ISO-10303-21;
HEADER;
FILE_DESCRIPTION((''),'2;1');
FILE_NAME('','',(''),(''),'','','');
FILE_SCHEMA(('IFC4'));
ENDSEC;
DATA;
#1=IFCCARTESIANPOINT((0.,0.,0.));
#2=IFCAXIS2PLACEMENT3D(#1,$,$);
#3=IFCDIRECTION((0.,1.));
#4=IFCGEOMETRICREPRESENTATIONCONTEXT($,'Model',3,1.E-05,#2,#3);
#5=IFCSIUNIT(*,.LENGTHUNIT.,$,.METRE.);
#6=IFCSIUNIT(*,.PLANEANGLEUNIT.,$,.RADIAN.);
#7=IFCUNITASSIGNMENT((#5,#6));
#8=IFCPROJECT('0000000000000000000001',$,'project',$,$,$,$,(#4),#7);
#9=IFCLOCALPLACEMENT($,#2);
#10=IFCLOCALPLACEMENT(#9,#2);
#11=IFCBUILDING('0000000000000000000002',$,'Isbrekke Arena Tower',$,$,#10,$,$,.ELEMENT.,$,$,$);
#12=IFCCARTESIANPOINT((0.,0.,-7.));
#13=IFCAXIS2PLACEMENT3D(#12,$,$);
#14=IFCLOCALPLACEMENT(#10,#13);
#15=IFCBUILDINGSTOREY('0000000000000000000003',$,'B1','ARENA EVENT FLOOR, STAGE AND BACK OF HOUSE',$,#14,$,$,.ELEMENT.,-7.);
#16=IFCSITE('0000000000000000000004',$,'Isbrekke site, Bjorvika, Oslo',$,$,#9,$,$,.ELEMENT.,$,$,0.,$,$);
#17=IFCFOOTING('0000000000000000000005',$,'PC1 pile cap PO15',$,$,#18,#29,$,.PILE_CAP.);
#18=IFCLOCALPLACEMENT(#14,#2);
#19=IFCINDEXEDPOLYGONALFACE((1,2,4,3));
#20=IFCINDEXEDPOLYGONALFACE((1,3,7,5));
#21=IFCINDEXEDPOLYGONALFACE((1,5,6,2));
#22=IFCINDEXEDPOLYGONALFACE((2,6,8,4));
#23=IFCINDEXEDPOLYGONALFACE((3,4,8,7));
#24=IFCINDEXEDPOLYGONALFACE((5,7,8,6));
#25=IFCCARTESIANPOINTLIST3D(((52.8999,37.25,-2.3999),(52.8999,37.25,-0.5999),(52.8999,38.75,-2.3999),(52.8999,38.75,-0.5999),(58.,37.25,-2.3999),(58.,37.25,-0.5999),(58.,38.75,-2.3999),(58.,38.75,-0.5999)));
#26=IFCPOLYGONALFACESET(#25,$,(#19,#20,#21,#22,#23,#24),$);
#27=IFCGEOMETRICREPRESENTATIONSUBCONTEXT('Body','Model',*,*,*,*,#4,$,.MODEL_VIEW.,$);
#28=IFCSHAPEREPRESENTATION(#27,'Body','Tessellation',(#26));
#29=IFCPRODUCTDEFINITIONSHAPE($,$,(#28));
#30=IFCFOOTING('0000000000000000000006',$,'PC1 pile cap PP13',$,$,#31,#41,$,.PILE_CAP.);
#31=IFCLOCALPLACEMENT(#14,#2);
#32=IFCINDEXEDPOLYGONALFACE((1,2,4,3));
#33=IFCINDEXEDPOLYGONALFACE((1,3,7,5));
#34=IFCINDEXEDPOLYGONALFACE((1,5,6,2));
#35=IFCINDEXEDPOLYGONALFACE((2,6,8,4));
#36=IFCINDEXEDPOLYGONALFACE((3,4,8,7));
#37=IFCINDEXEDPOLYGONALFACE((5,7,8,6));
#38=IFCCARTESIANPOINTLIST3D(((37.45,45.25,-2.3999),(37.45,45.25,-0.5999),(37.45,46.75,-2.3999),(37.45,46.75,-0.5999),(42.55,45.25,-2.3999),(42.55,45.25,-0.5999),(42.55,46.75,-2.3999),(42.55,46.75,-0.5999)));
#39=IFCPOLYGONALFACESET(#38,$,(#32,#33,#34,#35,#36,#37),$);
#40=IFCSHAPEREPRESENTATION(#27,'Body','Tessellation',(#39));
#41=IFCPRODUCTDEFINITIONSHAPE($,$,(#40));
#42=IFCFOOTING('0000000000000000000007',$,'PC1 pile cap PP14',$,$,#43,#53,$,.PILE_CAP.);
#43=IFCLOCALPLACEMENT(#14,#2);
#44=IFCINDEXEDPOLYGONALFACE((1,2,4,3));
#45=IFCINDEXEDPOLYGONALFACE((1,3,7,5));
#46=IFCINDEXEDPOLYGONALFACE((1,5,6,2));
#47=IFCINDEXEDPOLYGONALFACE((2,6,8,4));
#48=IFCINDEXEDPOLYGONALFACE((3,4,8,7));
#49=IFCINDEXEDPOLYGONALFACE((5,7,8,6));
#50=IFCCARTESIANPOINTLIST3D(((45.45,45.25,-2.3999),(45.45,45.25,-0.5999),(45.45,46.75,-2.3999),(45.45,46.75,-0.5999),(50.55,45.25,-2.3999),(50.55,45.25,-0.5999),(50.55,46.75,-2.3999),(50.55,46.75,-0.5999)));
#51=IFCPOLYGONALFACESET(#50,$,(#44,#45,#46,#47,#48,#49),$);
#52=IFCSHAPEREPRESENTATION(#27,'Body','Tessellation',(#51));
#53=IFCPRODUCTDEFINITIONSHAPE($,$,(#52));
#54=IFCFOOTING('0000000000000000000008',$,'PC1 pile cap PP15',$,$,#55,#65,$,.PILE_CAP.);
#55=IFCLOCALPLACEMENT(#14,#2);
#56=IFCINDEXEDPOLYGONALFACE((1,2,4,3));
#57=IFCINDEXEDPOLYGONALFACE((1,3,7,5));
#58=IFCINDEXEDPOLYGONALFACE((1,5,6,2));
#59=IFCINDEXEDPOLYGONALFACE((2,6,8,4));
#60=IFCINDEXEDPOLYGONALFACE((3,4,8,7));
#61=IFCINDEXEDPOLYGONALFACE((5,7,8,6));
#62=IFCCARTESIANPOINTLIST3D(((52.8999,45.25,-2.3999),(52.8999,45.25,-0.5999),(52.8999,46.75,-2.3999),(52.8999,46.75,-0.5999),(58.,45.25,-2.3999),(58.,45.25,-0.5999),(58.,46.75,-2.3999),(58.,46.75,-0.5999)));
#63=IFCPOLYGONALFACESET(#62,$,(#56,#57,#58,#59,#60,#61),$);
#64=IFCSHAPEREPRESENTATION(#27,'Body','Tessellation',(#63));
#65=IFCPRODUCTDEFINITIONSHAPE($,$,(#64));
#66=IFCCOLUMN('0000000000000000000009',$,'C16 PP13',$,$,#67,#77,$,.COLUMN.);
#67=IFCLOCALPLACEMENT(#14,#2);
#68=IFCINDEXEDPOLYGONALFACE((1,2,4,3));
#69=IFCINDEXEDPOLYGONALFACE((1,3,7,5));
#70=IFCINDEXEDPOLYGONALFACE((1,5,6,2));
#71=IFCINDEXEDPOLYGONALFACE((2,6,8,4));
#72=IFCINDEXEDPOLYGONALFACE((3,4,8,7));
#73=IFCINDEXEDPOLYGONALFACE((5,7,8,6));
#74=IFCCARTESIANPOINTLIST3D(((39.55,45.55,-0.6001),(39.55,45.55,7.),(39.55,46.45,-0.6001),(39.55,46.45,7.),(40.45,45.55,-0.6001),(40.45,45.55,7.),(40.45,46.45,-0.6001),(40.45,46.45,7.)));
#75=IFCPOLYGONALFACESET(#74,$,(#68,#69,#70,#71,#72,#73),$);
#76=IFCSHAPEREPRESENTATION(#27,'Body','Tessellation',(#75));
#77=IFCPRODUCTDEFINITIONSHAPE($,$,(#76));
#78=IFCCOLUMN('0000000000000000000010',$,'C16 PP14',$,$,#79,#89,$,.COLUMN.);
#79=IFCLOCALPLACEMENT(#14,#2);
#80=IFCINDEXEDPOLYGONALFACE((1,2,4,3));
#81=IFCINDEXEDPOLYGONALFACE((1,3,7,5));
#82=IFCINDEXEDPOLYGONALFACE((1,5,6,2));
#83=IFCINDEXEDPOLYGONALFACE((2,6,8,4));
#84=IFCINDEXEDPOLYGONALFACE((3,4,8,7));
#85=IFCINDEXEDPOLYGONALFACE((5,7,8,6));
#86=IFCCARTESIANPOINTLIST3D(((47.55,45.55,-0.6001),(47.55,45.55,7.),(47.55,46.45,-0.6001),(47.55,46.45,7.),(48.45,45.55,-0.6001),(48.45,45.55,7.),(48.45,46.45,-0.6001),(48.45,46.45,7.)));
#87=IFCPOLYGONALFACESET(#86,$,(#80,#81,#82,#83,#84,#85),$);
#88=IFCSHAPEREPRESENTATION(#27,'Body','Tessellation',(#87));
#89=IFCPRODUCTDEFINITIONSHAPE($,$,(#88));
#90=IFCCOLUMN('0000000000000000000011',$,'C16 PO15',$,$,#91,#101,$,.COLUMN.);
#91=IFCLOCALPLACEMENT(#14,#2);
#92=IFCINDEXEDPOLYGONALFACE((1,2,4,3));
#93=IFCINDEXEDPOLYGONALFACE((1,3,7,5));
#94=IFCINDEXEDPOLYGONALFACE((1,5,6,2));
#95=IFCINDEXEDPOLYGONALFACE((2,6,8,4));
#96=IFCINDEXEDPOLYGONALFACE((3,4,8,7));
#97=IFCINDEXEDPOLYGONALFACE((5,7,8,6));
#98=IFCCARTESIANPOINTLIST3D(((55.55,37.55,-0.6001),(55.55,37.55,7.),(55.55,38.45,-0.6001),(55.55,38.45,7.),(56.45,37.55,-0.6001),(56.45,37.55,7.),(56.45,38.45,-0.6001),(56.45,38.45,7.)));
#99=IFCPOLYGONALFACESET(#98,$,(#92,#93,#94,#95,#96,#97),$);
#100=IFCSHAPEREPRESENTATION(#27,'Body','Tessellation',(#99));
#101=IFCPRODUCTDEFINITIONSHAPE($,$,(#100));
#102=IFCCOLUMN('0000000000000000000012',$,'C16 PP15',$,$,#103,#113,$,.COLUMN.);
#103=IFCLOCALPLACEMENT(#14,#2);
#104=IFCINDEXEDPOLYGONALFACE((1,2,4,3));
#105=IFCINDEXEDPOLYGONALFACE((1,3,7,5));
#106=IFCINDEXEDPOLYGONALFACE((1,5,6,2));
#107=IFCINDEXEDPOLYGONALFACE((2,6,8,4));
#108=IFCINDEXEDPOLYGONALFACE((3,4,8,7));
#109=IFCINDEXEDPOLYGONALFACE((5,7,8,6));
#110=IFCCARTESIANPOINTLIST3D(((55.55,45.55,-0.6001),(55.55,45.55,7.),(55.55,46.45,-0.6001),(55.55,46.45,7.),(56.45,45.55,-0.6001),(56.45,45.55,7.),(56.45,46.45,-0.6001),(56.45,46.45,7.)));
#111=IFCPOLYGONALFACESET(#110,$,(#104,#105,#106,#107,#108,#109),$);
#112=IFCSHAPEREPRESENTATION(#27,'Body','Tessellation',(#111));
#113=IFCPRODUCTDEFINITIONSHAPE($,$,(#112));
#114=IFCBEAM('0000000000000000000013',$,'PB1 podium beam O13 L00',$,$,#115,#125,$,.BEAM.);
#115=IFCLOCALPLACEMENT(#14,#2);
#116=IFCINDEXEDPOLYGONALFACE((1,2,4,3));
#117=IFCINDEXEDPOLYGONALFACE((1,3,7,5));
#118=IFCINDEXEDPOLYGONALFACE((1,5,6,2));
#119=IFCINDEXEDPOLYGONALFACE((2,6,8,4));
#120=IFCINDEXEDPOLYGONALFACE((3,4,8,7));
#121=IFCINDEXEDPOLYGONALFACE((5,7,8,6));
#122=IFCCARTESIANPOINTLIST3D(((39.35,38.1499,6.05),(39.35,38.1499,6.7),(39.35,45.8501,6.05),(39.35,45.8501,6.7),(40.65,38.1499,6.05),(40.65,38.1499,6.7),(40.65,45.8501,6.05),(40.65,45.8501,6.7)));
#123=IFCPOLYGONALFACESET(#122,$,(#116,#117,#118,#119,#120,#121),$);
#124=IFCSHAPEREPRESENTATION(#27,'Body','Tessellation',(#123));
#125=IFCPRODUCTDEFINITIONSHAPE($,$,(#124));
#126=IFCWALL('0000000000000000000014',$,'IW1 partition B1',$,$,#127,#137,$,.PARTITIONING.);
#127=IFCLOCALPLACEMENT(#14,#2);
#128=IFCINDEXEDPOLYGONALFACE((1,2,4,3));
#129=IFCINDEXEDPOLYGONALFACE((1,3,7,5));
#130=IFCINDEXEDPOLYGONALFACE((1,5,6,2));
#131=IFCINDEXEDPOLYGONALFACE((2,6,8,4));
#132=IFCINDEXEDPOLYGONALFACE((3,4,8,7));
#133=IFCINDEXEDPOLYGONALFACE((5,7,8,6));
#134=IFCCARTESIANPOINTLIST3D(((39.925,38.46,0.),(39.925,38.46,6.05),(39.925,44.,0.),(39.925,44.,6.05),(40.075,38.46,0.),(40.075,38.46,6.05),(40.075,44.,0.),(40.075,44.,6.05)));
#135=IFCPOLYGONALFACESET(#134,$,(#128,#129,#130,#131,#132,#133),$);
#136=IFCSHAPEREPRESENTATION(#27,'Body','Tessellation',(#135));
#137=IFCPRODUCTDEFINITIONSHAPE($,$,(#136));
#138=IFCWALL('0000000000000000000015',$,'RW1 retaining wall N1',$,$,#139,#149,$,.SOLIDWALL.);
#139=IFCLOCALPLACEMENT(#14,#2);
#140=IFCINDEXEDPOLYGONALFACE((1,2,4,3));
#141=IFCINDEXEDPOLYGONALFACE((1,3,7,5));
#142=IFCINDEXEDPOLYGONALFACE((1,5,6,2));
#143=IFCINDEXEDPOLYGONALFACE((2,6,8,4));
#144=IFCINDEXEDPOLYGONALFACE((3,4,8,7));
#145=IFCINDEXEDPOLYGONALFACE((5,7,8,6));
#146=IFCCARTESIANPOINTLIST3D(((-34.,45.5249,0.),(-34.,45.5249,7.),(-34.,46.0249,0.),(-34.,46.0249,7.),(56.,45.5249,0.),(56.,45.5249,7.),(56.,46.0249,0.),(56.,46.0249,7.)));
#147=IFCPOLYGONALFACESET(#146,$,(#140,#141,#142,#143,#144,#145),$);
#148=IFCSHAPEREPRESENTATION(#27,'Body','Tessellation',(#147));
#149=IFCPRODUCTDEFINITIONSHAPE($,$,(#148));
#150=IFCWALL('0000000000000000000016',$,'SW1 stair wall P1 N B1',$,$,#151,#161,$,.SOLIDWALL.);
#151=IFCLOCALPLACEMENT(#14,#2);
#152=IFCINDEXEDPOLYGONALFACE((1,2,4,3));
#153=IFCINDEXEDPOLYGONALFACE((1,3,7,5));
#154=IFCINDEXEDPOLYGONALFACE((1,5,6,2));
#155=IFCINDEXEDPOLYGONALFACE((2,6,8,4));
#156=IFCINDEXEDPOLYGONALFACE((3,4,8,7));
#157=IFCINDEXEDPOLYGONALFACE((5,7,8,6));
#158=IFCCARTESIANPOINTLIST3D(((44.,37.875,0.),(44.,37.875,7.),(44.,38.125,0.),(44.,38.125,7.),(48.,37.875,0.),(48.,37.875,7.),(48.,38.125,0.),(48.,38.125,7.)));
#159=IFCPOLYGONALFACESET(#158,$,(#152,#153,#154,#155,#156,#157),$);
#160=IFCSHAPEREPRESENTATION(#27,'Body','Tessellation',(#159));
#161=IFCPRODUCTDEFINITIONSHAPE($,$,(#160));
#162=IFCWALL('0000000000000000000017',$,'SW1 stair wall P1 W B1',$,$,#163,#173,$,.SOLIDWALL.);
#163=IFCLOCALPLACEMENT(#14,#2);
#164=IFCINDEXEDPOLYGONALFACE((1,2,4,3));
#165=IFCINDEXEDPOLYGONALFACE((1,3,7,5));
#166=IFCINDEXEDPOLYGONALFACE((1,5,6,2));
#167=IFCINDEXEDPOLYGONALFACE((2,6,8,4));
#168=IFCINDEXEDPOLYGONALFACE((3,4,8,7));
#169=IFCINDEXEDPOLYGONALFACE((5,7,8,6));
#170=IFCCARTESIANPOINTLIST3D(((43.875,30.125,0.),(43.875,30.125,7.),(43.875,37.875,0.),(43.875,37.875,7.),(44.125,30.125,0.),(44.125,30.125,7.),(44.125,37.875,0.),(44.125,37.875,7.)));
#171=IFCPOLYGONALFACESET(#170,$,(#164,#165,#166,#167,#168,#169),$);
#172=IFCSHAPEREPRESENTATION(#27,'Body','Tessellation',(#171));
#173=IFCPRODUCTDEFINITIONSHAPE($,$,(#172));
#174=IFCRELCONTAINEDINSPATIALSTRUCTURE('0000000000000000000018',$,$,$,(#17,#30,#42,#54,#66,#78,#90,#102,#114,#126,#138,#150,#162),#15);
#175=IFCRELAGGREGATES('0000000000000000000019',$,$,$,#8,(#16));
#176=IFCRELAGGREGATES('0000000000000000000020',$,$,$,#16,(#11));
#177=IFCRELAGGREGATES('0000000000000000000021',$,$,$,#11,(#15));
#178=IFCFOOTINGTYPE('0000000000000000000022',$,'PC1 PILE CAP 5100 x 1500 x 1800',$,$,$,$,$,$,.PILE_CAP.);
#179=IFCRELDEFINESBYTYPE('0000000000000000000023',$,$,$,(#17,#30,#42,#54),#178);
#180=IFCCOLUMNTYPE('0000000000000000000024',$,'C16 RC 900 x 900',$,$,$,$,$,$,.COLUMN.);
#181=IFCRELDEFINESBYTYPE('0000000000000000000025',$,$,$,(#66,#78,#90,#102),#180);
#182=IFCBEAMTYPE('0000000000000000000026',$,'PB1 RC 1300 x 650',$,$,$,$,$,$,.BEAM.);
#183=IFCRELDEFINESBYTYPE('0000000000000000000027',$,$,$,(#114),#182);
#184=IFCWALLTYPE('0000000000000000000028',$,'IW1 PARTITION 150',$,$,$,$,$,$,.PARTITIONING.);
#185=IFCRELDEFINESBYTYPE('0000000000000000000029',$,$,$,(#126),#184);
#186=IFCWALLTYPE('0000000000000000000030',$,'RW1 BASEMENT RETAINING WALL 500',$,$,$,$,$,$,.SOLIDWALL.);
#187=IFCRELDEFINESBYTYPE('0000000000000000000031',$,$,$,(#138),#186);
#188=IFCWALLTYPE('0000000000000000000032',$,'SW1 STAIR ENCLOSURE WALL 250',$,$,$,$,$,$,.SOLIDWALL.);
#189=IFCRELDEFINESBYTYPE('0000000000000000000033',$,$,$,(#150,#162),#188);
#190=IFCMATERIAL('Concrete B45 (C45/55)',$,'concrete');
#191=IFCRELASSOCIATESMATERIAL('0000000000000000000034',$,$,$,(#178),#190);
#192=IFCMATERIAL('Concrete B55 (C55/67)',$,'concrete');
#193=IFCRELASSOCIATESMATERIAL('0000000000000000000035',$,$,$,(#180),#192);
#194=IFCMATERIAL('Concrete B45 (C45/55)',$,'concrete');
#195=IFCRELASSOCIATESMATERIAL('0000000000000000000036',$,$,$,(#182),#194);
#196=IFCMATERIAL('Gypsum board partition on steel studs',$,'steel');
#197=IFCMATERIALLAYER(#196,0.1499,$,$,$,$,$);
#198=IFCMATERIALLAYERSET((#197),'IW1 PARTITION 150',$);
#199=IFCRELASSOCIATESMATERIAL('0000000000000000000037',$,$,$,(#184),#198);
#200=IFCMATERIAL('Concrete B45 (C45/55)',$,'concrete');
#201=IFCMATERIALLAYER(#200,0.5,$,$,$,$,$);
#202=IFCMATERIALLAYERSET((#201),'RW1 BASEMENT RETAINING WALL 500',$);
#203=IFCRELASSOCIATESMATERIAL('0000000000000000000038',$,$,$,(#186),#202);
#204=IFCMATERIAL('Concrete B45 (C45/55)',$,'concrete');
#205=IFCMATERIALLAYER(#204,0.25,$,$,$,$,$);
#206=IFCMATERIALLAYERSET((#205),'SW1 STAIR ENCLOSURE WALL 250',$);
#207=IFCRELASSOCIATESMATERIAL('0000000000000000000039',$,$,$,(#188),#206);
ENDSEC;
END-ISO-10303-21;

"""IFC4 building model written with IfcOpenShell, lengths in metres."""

from ifc_helpers import new_model, si_unit, direction, frame, frame_2d, origin, origin_2d, place, context, subcontext, project, spatial, rectangle, extrude, material, layer, layer_set, material_profile, profile_set, type_object, element, save


model = new_model("IFC4")

# Units and contexts
model_context = context("Model", 3, precision=1e-05, world=origin(), true_north=direction((0.0, 1.0)))
body_context = subcontext(model_context, "Body", "Model", "MODEL_VIEW")
ifc_project = project(units=[si_unit("LENGTHUNIT", "METRE"), si_unit("PLANEANGLEUNIT", "RADIAN")], contexts=[model_context])

# Site, building, storey
site_placement = place(None, origin())
site = spatial("IfcSite", under=ifc_project, at=site_placement, Name="Isbrekke site, Bjorvika, Oslo", CompositionType="ELEMENT", RefElevation=0.0)
building_placement = place(site_placement, origin())
building = spatial("IfcBuilding", under=site, at=building_placement, Name="Isbrekke Arena Tower", CompositionType="ELEMENT")
storey_placement = place(building_placement, frame((0.0, 0.0, -7.0)))
storey = spatial("IfcBuildingStorey", under=building, at=storey_placement, Name="B1", Description="ARENA EVENT FLOOR, STAGE AND BACK OF HOUSE", CompositionType="ELEMENT", Elevation=-7.0)

# Footings
ifc_material_1 = material(Name="Concrete B45 (C45/55)", Category="concrete")
footing_type = type_object("IfcFootingType", Name="PC1 PILE CAP 5100 x 1500 x 1800", PredefinedType="PILE_CAP", material=ifc_material_1)
for number, where, z_axis, x_axis, name in (
    (1, (55.45, 38.0, -2.3999), (0.0, 0.0, 1.0), (1.0, 0.0, 0.0), "PC1 pile cap PO15"),
    (2, (40.0, 46.0, -2.3999), (0.0, 0.0, 1.0), (1.0, 0.0, 0.0), "PC1 pile cap PP13"),
    (3, (48.0, 46.0, -2.3999), (0.0, 0.0, 1.0), (1.0, 0.0, 0.0), "PC1 pile cap PP14"),
    (4, (55.45, 46.0, -2.3999), (0.0, 0.0, 1.0), (1.0, 0.0, 0.0), "PC1 pile cap PP15"),
):
    element("IfcFooting", number, at=place(storey_placement, frame(where, z_axis=z_axis, x_axis=x_axis)), inside=storey, type_object=footing_type, Name=name, PredefinedType="PILE_CAP", context=body_context, shape_type="SweptSolid", body=[
        extrude(rectangle(XDim=5.1001, YDim=1.5, at=origin_2d()), origin(), (0.0, 0.0, 1.0), 1.8),
    ])

# Columns
ifc_material_2 = material(Name="Concrete B55 (C55/67)", Category="concrete")
ifc_material_profile_1 = material_profile(ifc_material_2, rectangle(XDim=0.8999, YDim=0.8999, at=origin_2d()), Name="RC 900x900")
ifc_profile_set_1 = profile_set([ifc_material_profile_1], Name="Concrete B55 (C55/67)")
column_type = type_object("IfcColumnType", Name="C16 RC 900 x 900", PredefinedType="COLUMN", material=ifc_profile_set_1)
for number, where, z_axis, x_axis, name in (
    (5, (40.0, 46.0, -0.6001), (0.0, 0.0, 1.0), (1.0, 0.0, 0.0), "C16 PP13"),
    (6, (48.0, 46.0, -0.6001), (0.0, 0.0, 1.0), (1.0, 0.0, 0.0), "C16 PP14"),
    (7, (56.0, 38.0, -0.6001), (0.0, 0.0, 1.0), (1.0, 0.0, 0.0), "C16 PO15"),
    (8, (56.0, 46.0, -0.6001), (0.0, 0.0, 1.0), (1.0, 0.0, 0.0), "C16 PP15"),
):
    element("IfcColumn", number, at=place(storey_placement, frame(where, z_axis=z_axis, x_axis=x_axis)), inside=storey, type_object=column_type, Name=name, PredefinedType="COLUMN", context=body_context, shape_type="SweptSolid", body=[
        extrude(rectangle(XDim=0.8999, YDim=0.8999, at=origin_2d()), origin(), (0.0, 0.0, 1.0), 7.6001),
    ])

# Beam
ifc_material_3 = material(Name="Concrete B45 (C45/55)", Category="concrete")
ifc_material_profile_2 = material_profile(ifc_material_3, rectangle(XDim=1.3, YDim=0.6499, at=origin_2d()), Name="RC 1300x650")
ifc_profile_set_2 = profile_set([ifc_material_profile_2], Name="Concrete B45 (C45/55)")
beam_type = type_object("IfcBeamType", Name="PB1 RC 1300 x 650", PredefinedType="BEAM", material=ifc_profile_set_2)
beam_placement = place(storey_placement, frame((40.0, 38.1499, 6.375), z_axis=(0.0, 1.0, 0.0), x_axis=(-1.0, 0.0, 0.0)))
element("IfcBeam", 9, at=beam_placement, inside=storey, type_object=beam_type, Name="PB1 podium beam O13 L00", PredefinedType="BEAM", context=body_context, shape_type="SweptSolid", body=[
    extrude(rectangle(XDim=1.3, YDim=0.6499, at=origin_2d()), origin(), (0.0, 0.0, 1.0), 7.7002),
])

# Walls
ifc_material_4 = material(Name="Gypsum board partition on steel studs", Category="steel")
ifc_layer_1 = layer(ifc_material_4, 0.1499)
ifc_layer_set_1 = layer_set([ifc_layer_1], Name="IW1 PARTITION 150")
wall_type_1 = type_object("IfcWallType", Name="IW1 PARTITION 150", PredefinedType="PARTITIONING", material=ifc_layer_set_1)
wall_1_placement = place(storey_placement, frame((40.0, 38.46, 0.0), z_axis=(0.0, 0.0, 1.0), x_axis=(0.0, 1.0, 0.0)))
element("IfcWall", 10, at=wall_1_placement, inside=storey, type_object=wall_type_1, Name="IW1 partition B1", PredefinedType="PARTITIONING", context=body_context, shape_type="SweptSolid", body=[
    extrude(rectangle(XDim=5.54, YDim=0.1499, at=frame_2d((2.77, 0.0))), origin(), (0.0, 0.0, 1.0), 6.05),
])
ifc_material_5 = material(Name="Concrete B45 (C45/55)", Category="concrete")
ifc_layer_2 = layer(ifc_material_5, 0.5)
ifc_layer_set_2 = layer_set([ifc_layer_2], Name="RW1 BASEMENT RETAINING WALL 500")
wall_type_2 = type_object("IfcWallType", Name="RW1 BASEMENT RETAINING WALL 500", PredefinedType="SOLIDWALL", material=ifc_layer_set_2)
wall_2_placement = place(storey_placement, frame((56.0, 45.7749, 0.0), z_axis=(0.0, 0.0, 1.0), x_axis=(-1.0, 0.0, 0.0)))
element("IfcWall", 11, at=wall_2_placement, inside=storey, type_object=wall_type_2, Name="RW1 retaining wall N1", PredefinedType="SOLIDWALL", context=body_context, shape_type="SweptSolid", body=[
    extrude(rectangle(XDim=90.0, YDim=0.5, at=frame_2d((45.0, 0.0))), origin(), (0.0, 0.0, 1.0), 7.0),
])
ifc_material_6 = material(Name="Concrete B45 (C45/55)", Category="concrete")
ifc_layer_3 = layer(ifc_material_6, 0.25)
ifc_layer_set_3 = layer_set([ifc_layer_3], Name="SW1 STAIR ENCLOSURE WALL 250")
wall_type_3 = type_object("IfcWallType", Name="SW1 STAIR ENCLOSURE WALL 250", PredefinedType="SOLIDWALL", material=ifc_layer_set_3)
wall_3_placement = place(storey_placement, frame((48.0, 38.0, 0.0), z_axis=(0.0, 0.0, 1.0), x_axis=(-1.0, 0.0, 0.0)))
element("IfcWall", 12, at=wall_3_placement, inside=storey, type_object=wall_type_3, Name="SW1 stair wall P1 N B1", PredefinedType="SOLIDWALL", context=body_context, shape_type="SweptSolid", body=[
    extrude(rectangle(XDim=4.0, YDim=0.25, at=frame_2d((2.0, 0.0))), origin(), (0.0, 0.0, 1.0), 7.0),
])
wall_4_placement = place(storey_placement, frame((44.0, 37.875, 0.0), z_axis=(0.0, 0.0, 1.0), x_axis=(0.0, -1.0, 0.0)))
element("IfcWall", 13, at=wall_4_placement, inside=storey, type_object=wall_type_3, Name="SW1 stair wall P1 W B1", PredefinedType="SOLIDWALL", context=body_context, shape_type="SweptSolid", body=[
    extrude(rectangle(XDim=7.75, YDim=0.25, at=frame_2d((3.875, 0.0))), origin(), (0.0, 0.0, 1.0), 7.0),
])

save(model, "model.ifc")
